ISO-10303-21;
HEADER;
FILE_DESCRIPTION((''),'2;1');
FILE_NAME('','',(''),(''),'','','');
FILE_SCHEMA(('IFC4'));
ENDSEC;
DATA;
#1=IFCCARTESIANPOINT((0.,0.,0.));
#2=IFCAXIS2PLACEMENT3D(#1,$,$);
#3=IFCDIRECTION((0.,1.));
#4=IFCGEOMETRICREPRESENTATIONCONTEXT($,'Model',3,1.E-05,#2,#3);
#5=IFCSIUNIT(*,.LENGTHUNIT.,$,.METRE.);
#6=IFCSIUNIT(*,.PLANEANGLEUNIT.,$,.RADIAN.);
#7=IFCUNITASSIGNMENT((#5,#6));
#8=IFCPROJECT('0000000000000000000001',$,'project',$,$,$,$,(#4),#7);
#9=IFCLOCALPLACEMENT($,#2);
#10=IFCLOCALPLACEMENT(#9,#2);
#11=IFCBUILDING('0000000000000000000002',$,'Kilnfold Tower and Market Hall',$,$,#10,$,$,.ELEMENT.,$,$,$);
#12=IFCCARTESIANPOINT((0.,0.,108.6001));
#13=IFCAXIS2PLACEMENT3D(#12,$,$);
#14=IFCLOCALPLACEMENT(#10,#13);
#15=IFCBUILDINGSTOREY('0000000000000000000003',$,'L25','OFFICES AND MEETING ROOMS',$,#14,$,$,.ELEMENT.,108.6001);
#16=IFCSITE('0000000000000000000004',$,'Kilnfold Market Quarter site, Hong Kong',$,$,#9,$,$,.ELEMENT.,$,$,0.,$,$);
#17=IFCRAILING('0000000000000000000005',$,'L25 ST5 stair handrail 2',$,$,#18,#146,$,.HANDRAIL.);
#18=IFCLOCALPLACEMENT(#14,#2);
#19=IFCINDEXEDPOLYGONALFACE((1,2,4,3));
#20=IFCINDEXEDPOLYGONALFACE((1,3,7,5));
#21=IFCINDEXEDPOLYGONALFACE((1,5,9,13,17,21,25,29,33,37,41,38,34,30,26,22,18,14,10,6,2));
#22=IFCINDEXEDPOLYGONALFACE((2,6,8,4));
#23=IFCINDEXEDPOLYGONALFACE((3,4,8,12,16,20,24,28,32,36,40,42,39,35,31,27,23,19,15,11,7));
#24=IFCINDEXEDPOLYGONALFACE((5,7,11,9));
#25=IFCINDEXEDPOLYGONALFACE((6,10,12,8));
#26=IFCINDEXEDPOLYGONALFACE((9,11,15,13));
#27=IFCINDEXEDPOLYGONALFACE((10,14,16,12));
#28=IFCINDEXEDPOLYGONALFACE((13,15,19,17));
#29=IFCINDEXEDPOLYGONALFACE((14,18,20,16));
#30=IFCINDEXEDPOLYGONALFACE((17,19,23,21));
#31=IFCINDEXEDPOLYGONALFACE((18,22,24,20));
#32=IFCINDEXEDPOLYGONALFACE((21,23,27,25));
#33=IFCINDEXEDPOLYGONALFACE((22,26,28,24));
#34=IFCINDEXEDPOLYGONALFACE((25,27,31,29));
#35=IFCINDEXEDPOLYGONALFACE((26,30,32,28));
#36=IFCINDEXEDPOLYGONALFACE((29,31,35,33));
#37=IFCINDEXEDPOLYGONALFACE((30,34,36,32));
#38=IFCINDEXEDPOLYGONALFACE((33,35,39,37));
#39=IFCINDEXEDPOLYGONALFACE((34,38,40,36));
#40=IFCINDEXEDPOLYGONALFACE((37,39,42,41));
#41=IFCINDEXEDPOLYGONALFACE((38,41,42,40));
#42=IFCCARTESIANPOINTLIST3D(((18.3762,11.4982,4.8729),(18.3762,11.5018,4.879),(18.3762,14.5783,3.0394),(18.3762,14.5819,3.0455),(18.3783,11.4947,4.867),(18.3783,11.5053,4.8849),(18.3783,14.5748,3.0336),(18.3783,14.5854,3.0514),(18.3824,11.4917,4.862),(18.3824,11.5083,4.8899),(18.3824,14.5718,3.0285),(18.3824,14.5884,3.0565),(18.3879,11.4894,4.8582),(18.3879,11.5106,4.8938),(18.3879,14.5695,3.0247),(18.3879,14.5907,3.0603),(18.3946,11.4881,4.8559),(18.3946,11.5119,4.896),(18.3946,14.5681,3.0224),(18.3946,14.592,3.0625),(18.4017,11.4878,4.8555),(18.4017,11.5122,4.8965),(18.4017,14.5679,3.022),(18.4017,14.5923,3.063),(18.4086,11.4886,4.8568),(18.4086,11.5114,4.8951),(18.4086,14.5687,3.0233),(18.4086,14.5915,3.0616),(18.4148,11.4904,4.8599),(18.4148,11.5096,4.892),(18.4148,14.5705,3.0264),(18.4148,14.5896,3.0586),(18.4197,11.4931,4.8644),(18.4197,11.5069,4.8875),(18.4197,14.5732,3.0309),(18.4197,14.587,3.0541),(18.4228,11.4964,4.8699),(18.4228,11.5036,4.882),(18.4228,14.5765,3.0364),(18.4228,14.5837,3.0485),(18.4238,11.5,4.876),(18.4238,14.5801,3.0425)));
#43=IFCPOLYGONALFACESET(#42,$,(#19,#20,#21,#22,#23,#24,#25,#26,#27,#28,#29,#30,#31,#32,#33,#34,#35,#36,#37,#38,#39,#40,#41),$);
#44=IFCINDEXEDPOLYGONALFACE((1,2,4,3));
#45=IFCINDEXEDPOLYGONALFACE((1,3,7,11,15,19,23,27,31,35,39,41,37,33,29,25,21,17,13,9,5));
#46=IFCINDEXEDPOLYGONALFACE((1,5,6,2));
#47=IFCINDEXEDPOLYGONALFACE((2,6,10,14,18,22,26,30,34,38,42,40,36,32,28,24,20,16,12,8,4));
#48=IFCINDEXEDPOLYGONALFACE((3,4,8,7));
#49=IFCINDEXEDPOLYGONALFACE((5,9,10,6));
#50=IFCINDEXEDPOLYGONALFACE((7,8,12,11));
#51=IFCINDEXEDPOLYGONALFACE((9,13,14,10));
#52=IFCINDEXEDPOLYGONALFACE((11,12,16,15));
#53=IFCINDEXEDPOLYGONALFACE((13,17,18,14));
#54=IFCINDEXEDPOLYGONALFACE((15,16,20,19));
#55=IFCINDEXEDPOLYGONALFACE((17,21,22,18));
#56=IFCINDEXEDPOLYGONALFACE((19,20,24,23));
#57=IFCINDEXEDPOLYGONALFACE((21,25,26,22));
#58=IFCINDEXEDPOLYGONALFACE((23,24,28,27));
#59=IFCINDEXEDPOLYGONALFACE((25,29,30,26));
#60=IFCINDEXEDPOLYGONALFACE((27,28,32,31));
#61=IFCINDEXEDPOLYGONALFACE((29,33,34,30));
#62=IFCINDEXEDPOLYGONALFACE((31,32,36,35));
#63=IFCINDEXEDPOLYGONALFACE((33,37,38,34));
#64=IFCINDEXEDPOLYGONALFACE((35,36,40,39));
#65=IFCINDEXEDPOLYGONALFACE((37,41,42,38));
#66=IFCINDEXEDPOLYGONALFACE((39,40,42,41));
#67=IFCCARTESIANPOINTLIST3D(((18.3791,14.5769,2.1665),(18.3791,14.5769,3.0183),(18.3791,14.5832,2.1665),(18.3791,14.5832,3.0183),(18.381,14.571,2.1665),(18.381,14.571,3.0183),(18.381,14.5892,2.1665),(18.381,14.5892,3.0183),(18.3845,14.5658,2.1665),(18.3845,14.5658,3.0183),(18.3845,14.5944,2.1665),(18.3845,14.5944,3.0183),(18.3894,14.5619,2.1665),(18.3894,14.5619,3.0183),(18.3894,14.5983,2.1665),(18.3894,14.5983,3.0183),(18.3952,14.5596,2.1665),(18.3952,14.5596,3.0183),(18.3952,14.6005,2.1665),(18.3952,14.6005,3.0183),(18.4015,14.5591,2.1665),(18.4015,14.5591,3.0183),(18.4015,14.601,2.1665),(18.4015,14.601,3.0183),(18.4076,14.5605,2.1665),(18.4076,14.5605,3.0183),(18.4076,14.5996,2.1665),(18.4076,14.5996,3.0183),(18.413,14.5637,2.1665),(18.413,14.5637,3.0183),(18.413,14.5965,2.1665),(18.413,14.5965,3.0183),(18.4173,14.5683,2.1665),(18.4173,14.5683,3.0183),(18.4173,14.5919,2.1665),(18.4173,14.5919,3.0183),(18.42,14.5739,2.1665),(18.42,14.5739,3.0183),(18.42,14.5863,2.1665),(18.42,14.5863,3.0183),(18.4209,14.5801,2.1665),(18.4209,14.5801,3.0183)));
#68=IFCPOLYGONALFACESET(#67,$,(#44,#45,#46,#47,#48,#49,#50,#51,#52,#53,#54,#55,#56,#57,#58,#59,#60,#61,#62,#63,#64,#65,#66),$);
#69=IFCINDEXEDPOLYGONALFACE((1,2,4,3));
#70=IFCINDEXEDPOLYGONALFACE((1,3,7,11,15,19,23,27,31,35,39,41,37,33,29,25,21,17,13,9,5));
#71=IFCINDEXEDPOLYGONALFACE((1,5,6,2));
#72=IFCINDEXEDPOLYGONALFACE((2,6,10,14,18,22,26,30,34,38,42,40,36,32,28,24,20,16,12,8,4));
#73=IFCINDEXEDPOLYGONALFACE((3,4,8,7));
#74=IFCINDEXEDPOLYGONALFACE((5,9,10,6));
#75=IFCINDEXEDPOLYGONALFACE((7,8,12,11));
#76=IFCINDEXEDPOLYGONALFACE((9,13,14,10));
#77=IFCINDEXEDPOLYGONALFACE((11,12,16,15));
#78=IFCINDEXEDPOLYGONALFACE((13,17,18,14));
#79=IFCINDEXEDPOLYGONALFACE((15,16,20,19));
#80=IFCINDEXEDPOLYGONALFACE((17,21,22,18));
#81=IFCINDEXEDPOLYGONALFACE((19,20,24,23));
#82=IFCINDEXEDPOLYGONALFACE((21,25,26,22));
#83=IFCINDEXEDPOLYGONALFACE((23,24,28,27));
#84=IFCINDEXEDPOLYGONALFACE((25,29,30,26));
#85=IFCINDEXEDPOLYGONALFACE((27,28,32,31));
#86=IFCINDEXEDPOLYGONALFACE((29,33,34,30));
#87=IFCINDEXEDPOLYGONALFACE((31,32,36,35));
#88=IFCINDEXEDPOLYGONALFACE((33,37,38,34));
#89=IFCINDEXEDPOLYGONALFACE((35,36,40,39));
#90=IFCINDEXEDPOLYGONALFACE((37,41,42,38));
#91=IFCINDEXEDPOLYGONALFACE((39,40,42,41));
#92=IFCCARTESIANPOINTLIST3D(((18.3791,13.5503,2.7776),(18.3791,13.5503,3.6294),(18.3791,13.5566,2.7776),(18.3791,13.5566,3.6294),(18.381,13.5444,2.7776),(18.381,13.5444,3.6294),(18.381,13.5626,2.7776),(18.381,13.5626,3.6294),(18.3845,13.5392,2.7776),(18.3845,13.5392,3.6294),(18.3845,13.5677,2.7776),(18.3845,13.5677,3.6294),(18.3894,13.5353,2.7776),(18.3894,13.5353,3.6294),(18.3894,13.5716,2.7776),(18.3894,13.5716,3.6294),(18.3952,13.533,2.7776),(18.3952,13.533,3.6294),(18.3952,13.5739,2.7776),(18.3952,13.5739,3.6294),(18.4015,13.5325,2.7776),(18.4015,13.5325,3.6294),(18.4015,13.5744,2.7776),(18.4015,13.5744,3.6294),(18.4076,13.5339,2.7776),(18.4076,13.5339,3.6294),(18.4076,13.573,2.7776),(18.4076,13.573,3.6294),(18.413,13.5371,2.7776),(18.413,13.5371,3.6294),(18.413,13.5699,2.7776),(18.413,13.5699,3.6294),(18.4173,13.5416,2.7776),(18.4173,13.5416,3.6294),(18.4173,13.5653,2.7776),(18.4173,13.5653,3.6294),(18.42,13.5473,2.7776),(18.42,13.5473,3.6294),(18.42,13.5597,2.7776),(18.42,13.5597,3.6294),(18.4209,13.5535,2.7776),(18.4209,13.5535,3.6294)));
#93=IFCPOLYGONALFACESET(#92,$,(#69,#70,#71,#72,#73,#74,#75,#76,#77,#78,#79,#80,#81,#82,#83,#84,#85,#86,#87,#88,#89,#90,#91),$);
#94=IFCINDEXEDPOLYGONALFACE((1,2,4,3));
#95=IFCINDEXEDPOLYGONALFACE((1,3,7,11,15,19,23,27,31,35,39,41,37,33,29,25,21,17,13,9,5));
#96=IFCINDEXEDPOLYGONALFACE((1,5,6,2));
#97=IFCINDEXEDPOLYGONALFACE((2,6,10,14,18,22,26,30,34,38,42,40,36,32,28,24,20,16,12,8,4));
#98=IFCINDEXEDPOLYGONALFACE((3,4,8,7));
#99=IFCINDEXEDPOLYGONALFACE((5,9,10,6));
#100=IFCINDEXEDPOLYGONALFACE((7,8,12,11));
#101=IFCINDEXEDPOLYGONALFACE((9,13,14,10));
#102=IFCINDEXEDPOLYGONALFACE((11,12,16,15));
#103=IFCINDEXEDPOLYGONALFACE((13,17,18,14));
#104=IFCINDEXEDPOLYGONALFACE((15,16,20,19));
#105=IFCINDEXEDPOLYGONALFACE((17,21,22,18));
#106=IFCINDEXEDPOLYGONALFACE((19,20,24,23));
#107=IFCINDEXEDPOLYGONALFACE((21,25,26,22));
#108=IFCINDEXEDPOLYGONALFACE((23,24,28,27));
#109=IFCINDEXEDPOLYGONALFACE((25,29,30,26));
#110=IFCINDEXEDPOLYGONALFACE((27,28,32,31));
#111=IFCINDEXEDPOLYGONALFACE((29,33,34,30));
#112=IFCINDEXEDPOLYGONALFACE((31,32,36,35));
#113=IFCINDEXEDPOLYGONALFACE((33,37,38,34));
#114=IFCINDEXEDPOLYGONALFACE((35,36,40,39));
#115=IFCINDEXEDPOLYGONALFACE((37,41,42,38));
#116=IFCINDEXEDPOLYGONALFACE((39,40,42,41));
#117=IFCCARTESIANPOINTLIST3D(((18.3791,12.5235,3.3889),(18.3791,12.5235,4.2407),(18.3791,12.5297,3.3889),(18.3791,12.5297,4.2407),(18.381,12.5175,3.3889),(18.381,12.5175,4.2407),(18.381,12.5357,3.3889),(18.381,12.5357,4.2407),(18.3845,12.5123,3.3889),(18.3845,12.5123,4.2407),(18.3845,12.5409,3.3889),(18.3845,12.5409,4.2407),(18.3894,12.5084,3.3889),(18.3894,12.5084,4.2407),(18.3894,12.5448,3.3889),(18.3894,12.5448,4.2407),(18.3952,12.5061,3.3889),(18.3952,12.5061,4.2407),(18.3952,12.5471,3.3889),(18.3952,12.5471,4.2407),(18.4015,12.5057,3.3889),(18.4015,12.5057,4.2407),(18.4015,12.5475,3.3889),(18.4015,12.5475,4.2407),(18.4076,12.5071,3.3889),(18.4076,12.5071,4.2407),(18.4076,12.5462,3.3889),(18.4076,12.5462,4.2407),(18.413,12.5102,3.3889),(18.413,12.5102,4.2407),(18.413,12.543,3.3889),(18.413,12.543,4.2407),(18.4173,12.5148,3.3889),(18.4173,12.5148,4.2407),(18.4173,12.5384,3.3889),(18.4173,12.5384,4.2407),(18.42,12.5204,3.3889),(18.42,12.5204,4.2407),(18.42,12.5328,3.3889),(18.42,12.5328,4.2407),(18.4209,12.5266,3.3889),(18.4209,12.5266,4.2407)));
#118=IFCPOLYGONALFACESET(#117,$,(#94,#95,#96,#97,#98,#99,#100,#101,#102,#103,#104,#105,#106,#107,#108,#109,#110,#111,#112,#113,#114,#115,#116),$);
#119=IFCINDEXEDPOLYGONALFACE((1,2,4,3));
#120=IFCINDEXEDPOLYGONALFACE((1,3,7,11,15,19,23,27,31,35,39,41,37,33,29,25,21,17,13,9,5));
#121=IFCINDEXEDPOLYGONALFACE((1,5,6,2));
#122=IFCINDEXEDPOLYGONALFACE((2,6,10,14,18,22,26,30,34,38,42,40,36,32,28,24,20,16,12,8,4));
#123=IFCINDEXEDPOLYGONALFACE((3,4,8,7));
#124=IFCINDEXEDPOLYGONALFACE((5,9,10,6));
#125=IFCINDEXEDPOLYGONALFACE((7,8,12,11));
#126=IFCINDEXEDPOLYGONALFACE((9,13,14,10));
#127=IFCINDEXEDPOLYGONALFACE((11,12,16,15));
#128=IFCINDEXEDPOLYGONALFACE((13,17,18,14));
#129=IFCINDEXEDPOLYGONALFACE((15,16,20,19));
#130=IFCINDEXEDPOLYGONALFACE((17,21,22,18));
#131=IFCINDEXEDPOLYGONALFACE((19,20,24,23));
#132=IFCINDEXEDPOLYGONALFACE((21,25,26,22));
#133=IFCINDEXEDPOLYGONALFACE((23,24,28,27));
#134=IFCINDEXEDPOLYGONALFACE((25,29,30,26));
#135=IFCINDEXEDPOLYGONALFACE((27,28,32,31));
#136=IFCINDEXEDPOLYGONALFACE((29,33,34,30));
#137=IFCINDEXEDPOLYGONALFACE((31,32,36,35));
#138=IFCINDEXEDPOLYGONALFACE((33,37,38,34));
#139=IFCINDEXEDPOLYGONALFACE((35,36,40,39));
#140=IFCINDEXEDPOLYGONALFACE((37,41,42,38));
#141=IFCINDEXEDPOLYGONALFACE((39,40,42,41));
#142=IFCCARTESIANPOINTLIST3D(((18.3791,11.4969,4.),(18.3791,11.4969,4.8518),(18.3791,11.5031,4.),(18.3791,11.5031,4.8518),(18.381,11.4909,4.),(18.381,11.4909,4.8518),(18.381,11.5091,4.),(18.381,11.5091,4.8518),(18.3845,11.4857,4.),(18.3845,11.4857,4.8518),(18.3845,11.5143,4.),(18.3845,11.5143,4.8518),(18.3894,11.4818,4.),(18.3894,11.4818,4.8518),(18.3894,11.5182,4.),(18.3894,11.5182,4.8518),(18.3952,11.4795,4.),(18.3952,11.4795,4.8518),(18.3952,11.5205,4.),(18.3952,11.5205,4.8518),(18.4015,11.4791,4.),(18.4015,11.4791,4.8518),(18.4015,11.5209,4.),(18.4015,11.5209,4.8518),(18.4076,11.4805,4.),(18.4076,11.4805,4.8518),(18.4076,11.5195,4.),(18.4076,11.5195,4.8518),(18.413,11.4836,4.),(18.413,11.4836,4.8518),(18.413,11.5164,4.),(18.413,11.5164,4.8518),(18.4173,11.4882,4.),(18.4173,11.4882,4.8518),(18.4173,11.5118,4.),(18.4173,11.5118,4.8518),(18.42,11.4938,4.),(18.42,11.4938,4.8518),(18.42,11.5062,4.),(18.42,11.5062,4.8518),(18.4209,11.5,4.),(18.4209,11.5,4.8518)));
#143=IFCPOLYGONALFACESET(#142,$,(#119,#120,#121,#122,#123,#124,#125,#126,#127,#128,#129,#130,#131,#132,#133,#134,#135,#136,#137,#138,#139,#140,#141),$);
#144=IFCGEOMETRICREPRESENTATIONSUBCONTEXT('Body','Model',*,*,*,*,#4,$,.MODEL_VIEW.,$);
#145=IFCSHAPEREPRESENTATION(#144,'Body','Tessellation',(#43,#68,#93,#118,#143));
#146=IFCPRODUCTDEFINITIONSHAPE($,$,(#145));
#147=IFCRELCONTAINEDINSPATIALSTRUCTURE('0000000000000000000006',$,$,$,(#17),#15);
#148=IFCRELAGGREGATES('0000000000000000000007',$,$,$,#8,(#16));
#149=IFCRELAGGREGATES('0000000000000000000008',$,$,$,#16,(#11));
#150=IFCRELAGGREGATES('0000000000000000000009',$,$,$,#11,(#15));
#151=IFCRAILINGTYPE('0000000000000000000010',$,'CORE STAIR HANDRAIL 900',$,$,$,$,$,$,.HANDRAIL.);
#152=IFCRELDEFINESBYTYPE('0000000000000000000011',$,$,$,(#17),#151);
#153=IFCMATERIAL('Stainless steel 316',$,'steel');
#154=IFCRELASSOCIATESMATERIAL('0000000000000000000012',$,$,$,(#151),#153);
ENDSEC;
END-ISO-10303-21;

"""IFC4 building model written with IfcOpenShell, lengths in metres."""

from ifc_helpers import new_model, si_unit, direction, frame, origin, origin_2d, place, context, subcontext, project, spatial, circle, extrude, material, type_object, element, save


model = new_model("IFC4")

# Units and contexts
model_context = context("Model", 3, precision=1e-05, world=origin(), true_north=direction((0.0, 1.0)))
body_context = subcontext(model_context, "Body", "Model", "MODEL_VIEW")
ifc_project = project(units=[si_unit("LENGTHUNIT", "METRE"), si_unit("PLANEANGLEUNIT", "RADIAN")], contexts=[model_context])

# Site, building, storey
site_placement = place(None, origin())
site = spatial("IfcSite", under=ifc_project, at=site_placement, Name="Kilnfold Market Quarter site, Hong Kong", CompositionType="ELEMENT", RefElevation=0.0)
building_placement = place(site_placement, origin())
building = spatial("IfcBuilding", under=site, at=building_placement, Name="Kilnfold Tower and Market Hall", CompositionType="ELEMENT")
storey_placement = place(building_placement, frame((0.0, 0.0, 108.6001)))
storey = spatial("IfcBuildingStorey", under=building, at=storey_placement, Name="L25", Description="OFFICES AND MEETING ROOMS", CompositionType="ELEMENT", Elevation=108.6001)

# Railing
ifc_material_1 = material(Name="Stainless steel 316", Category="steel")
railing_type_1 = type_object("IfcRailingType", Name="CORE STAIR HANDRAIL 900", PredefinedType="HANDRAIL", material=ifc_material_1)
railing_1_placement = place(storey_placement, frame((18.3999, 14.5801, 2.1665)))
element("IfcRailing", 1, at=railing_1_placement, inside=storey, type_object=railing_type_1, Name="L25 ST5 stair handrail 2", PredefinedType="HANDRAIL", context=body_context, shape_type="SweptSolid", body=[
    extrude(circle(Radius=0.0239, at=origin_2d()), frame((0.0, 0.0, 0.876), z_axis=(0.0, -0.859279, 0.511508), x_axis=(1.0, 0.0, 0.0)), (0.0, 0.0, 1.0), 3.5845),
    extrude(circle(Radius=0.021, at=origin_2d()), origin(), (0.0, 0.0, 1.0), 0.8518),
    extrude(circle(Radius=0.021, at=origin_2d()), frame((0.0, -1.0266, 0.6111)), (0.0, 0.0, 1.0), 0.8518),
    extrude(circle(Radius=0.021, at=origin_2d()), frame((0.0, -2.0535, 1.2224)), (0.0, 0.0, 1.0), 0.8518),
    extrude(circle(Radius=0.021, at=origin_2d()), frame((0.0, -3.0801, 1.8335)), (0.0, 0.0, 1.0), 0.8518),
])

save(model, "model.ifc")
